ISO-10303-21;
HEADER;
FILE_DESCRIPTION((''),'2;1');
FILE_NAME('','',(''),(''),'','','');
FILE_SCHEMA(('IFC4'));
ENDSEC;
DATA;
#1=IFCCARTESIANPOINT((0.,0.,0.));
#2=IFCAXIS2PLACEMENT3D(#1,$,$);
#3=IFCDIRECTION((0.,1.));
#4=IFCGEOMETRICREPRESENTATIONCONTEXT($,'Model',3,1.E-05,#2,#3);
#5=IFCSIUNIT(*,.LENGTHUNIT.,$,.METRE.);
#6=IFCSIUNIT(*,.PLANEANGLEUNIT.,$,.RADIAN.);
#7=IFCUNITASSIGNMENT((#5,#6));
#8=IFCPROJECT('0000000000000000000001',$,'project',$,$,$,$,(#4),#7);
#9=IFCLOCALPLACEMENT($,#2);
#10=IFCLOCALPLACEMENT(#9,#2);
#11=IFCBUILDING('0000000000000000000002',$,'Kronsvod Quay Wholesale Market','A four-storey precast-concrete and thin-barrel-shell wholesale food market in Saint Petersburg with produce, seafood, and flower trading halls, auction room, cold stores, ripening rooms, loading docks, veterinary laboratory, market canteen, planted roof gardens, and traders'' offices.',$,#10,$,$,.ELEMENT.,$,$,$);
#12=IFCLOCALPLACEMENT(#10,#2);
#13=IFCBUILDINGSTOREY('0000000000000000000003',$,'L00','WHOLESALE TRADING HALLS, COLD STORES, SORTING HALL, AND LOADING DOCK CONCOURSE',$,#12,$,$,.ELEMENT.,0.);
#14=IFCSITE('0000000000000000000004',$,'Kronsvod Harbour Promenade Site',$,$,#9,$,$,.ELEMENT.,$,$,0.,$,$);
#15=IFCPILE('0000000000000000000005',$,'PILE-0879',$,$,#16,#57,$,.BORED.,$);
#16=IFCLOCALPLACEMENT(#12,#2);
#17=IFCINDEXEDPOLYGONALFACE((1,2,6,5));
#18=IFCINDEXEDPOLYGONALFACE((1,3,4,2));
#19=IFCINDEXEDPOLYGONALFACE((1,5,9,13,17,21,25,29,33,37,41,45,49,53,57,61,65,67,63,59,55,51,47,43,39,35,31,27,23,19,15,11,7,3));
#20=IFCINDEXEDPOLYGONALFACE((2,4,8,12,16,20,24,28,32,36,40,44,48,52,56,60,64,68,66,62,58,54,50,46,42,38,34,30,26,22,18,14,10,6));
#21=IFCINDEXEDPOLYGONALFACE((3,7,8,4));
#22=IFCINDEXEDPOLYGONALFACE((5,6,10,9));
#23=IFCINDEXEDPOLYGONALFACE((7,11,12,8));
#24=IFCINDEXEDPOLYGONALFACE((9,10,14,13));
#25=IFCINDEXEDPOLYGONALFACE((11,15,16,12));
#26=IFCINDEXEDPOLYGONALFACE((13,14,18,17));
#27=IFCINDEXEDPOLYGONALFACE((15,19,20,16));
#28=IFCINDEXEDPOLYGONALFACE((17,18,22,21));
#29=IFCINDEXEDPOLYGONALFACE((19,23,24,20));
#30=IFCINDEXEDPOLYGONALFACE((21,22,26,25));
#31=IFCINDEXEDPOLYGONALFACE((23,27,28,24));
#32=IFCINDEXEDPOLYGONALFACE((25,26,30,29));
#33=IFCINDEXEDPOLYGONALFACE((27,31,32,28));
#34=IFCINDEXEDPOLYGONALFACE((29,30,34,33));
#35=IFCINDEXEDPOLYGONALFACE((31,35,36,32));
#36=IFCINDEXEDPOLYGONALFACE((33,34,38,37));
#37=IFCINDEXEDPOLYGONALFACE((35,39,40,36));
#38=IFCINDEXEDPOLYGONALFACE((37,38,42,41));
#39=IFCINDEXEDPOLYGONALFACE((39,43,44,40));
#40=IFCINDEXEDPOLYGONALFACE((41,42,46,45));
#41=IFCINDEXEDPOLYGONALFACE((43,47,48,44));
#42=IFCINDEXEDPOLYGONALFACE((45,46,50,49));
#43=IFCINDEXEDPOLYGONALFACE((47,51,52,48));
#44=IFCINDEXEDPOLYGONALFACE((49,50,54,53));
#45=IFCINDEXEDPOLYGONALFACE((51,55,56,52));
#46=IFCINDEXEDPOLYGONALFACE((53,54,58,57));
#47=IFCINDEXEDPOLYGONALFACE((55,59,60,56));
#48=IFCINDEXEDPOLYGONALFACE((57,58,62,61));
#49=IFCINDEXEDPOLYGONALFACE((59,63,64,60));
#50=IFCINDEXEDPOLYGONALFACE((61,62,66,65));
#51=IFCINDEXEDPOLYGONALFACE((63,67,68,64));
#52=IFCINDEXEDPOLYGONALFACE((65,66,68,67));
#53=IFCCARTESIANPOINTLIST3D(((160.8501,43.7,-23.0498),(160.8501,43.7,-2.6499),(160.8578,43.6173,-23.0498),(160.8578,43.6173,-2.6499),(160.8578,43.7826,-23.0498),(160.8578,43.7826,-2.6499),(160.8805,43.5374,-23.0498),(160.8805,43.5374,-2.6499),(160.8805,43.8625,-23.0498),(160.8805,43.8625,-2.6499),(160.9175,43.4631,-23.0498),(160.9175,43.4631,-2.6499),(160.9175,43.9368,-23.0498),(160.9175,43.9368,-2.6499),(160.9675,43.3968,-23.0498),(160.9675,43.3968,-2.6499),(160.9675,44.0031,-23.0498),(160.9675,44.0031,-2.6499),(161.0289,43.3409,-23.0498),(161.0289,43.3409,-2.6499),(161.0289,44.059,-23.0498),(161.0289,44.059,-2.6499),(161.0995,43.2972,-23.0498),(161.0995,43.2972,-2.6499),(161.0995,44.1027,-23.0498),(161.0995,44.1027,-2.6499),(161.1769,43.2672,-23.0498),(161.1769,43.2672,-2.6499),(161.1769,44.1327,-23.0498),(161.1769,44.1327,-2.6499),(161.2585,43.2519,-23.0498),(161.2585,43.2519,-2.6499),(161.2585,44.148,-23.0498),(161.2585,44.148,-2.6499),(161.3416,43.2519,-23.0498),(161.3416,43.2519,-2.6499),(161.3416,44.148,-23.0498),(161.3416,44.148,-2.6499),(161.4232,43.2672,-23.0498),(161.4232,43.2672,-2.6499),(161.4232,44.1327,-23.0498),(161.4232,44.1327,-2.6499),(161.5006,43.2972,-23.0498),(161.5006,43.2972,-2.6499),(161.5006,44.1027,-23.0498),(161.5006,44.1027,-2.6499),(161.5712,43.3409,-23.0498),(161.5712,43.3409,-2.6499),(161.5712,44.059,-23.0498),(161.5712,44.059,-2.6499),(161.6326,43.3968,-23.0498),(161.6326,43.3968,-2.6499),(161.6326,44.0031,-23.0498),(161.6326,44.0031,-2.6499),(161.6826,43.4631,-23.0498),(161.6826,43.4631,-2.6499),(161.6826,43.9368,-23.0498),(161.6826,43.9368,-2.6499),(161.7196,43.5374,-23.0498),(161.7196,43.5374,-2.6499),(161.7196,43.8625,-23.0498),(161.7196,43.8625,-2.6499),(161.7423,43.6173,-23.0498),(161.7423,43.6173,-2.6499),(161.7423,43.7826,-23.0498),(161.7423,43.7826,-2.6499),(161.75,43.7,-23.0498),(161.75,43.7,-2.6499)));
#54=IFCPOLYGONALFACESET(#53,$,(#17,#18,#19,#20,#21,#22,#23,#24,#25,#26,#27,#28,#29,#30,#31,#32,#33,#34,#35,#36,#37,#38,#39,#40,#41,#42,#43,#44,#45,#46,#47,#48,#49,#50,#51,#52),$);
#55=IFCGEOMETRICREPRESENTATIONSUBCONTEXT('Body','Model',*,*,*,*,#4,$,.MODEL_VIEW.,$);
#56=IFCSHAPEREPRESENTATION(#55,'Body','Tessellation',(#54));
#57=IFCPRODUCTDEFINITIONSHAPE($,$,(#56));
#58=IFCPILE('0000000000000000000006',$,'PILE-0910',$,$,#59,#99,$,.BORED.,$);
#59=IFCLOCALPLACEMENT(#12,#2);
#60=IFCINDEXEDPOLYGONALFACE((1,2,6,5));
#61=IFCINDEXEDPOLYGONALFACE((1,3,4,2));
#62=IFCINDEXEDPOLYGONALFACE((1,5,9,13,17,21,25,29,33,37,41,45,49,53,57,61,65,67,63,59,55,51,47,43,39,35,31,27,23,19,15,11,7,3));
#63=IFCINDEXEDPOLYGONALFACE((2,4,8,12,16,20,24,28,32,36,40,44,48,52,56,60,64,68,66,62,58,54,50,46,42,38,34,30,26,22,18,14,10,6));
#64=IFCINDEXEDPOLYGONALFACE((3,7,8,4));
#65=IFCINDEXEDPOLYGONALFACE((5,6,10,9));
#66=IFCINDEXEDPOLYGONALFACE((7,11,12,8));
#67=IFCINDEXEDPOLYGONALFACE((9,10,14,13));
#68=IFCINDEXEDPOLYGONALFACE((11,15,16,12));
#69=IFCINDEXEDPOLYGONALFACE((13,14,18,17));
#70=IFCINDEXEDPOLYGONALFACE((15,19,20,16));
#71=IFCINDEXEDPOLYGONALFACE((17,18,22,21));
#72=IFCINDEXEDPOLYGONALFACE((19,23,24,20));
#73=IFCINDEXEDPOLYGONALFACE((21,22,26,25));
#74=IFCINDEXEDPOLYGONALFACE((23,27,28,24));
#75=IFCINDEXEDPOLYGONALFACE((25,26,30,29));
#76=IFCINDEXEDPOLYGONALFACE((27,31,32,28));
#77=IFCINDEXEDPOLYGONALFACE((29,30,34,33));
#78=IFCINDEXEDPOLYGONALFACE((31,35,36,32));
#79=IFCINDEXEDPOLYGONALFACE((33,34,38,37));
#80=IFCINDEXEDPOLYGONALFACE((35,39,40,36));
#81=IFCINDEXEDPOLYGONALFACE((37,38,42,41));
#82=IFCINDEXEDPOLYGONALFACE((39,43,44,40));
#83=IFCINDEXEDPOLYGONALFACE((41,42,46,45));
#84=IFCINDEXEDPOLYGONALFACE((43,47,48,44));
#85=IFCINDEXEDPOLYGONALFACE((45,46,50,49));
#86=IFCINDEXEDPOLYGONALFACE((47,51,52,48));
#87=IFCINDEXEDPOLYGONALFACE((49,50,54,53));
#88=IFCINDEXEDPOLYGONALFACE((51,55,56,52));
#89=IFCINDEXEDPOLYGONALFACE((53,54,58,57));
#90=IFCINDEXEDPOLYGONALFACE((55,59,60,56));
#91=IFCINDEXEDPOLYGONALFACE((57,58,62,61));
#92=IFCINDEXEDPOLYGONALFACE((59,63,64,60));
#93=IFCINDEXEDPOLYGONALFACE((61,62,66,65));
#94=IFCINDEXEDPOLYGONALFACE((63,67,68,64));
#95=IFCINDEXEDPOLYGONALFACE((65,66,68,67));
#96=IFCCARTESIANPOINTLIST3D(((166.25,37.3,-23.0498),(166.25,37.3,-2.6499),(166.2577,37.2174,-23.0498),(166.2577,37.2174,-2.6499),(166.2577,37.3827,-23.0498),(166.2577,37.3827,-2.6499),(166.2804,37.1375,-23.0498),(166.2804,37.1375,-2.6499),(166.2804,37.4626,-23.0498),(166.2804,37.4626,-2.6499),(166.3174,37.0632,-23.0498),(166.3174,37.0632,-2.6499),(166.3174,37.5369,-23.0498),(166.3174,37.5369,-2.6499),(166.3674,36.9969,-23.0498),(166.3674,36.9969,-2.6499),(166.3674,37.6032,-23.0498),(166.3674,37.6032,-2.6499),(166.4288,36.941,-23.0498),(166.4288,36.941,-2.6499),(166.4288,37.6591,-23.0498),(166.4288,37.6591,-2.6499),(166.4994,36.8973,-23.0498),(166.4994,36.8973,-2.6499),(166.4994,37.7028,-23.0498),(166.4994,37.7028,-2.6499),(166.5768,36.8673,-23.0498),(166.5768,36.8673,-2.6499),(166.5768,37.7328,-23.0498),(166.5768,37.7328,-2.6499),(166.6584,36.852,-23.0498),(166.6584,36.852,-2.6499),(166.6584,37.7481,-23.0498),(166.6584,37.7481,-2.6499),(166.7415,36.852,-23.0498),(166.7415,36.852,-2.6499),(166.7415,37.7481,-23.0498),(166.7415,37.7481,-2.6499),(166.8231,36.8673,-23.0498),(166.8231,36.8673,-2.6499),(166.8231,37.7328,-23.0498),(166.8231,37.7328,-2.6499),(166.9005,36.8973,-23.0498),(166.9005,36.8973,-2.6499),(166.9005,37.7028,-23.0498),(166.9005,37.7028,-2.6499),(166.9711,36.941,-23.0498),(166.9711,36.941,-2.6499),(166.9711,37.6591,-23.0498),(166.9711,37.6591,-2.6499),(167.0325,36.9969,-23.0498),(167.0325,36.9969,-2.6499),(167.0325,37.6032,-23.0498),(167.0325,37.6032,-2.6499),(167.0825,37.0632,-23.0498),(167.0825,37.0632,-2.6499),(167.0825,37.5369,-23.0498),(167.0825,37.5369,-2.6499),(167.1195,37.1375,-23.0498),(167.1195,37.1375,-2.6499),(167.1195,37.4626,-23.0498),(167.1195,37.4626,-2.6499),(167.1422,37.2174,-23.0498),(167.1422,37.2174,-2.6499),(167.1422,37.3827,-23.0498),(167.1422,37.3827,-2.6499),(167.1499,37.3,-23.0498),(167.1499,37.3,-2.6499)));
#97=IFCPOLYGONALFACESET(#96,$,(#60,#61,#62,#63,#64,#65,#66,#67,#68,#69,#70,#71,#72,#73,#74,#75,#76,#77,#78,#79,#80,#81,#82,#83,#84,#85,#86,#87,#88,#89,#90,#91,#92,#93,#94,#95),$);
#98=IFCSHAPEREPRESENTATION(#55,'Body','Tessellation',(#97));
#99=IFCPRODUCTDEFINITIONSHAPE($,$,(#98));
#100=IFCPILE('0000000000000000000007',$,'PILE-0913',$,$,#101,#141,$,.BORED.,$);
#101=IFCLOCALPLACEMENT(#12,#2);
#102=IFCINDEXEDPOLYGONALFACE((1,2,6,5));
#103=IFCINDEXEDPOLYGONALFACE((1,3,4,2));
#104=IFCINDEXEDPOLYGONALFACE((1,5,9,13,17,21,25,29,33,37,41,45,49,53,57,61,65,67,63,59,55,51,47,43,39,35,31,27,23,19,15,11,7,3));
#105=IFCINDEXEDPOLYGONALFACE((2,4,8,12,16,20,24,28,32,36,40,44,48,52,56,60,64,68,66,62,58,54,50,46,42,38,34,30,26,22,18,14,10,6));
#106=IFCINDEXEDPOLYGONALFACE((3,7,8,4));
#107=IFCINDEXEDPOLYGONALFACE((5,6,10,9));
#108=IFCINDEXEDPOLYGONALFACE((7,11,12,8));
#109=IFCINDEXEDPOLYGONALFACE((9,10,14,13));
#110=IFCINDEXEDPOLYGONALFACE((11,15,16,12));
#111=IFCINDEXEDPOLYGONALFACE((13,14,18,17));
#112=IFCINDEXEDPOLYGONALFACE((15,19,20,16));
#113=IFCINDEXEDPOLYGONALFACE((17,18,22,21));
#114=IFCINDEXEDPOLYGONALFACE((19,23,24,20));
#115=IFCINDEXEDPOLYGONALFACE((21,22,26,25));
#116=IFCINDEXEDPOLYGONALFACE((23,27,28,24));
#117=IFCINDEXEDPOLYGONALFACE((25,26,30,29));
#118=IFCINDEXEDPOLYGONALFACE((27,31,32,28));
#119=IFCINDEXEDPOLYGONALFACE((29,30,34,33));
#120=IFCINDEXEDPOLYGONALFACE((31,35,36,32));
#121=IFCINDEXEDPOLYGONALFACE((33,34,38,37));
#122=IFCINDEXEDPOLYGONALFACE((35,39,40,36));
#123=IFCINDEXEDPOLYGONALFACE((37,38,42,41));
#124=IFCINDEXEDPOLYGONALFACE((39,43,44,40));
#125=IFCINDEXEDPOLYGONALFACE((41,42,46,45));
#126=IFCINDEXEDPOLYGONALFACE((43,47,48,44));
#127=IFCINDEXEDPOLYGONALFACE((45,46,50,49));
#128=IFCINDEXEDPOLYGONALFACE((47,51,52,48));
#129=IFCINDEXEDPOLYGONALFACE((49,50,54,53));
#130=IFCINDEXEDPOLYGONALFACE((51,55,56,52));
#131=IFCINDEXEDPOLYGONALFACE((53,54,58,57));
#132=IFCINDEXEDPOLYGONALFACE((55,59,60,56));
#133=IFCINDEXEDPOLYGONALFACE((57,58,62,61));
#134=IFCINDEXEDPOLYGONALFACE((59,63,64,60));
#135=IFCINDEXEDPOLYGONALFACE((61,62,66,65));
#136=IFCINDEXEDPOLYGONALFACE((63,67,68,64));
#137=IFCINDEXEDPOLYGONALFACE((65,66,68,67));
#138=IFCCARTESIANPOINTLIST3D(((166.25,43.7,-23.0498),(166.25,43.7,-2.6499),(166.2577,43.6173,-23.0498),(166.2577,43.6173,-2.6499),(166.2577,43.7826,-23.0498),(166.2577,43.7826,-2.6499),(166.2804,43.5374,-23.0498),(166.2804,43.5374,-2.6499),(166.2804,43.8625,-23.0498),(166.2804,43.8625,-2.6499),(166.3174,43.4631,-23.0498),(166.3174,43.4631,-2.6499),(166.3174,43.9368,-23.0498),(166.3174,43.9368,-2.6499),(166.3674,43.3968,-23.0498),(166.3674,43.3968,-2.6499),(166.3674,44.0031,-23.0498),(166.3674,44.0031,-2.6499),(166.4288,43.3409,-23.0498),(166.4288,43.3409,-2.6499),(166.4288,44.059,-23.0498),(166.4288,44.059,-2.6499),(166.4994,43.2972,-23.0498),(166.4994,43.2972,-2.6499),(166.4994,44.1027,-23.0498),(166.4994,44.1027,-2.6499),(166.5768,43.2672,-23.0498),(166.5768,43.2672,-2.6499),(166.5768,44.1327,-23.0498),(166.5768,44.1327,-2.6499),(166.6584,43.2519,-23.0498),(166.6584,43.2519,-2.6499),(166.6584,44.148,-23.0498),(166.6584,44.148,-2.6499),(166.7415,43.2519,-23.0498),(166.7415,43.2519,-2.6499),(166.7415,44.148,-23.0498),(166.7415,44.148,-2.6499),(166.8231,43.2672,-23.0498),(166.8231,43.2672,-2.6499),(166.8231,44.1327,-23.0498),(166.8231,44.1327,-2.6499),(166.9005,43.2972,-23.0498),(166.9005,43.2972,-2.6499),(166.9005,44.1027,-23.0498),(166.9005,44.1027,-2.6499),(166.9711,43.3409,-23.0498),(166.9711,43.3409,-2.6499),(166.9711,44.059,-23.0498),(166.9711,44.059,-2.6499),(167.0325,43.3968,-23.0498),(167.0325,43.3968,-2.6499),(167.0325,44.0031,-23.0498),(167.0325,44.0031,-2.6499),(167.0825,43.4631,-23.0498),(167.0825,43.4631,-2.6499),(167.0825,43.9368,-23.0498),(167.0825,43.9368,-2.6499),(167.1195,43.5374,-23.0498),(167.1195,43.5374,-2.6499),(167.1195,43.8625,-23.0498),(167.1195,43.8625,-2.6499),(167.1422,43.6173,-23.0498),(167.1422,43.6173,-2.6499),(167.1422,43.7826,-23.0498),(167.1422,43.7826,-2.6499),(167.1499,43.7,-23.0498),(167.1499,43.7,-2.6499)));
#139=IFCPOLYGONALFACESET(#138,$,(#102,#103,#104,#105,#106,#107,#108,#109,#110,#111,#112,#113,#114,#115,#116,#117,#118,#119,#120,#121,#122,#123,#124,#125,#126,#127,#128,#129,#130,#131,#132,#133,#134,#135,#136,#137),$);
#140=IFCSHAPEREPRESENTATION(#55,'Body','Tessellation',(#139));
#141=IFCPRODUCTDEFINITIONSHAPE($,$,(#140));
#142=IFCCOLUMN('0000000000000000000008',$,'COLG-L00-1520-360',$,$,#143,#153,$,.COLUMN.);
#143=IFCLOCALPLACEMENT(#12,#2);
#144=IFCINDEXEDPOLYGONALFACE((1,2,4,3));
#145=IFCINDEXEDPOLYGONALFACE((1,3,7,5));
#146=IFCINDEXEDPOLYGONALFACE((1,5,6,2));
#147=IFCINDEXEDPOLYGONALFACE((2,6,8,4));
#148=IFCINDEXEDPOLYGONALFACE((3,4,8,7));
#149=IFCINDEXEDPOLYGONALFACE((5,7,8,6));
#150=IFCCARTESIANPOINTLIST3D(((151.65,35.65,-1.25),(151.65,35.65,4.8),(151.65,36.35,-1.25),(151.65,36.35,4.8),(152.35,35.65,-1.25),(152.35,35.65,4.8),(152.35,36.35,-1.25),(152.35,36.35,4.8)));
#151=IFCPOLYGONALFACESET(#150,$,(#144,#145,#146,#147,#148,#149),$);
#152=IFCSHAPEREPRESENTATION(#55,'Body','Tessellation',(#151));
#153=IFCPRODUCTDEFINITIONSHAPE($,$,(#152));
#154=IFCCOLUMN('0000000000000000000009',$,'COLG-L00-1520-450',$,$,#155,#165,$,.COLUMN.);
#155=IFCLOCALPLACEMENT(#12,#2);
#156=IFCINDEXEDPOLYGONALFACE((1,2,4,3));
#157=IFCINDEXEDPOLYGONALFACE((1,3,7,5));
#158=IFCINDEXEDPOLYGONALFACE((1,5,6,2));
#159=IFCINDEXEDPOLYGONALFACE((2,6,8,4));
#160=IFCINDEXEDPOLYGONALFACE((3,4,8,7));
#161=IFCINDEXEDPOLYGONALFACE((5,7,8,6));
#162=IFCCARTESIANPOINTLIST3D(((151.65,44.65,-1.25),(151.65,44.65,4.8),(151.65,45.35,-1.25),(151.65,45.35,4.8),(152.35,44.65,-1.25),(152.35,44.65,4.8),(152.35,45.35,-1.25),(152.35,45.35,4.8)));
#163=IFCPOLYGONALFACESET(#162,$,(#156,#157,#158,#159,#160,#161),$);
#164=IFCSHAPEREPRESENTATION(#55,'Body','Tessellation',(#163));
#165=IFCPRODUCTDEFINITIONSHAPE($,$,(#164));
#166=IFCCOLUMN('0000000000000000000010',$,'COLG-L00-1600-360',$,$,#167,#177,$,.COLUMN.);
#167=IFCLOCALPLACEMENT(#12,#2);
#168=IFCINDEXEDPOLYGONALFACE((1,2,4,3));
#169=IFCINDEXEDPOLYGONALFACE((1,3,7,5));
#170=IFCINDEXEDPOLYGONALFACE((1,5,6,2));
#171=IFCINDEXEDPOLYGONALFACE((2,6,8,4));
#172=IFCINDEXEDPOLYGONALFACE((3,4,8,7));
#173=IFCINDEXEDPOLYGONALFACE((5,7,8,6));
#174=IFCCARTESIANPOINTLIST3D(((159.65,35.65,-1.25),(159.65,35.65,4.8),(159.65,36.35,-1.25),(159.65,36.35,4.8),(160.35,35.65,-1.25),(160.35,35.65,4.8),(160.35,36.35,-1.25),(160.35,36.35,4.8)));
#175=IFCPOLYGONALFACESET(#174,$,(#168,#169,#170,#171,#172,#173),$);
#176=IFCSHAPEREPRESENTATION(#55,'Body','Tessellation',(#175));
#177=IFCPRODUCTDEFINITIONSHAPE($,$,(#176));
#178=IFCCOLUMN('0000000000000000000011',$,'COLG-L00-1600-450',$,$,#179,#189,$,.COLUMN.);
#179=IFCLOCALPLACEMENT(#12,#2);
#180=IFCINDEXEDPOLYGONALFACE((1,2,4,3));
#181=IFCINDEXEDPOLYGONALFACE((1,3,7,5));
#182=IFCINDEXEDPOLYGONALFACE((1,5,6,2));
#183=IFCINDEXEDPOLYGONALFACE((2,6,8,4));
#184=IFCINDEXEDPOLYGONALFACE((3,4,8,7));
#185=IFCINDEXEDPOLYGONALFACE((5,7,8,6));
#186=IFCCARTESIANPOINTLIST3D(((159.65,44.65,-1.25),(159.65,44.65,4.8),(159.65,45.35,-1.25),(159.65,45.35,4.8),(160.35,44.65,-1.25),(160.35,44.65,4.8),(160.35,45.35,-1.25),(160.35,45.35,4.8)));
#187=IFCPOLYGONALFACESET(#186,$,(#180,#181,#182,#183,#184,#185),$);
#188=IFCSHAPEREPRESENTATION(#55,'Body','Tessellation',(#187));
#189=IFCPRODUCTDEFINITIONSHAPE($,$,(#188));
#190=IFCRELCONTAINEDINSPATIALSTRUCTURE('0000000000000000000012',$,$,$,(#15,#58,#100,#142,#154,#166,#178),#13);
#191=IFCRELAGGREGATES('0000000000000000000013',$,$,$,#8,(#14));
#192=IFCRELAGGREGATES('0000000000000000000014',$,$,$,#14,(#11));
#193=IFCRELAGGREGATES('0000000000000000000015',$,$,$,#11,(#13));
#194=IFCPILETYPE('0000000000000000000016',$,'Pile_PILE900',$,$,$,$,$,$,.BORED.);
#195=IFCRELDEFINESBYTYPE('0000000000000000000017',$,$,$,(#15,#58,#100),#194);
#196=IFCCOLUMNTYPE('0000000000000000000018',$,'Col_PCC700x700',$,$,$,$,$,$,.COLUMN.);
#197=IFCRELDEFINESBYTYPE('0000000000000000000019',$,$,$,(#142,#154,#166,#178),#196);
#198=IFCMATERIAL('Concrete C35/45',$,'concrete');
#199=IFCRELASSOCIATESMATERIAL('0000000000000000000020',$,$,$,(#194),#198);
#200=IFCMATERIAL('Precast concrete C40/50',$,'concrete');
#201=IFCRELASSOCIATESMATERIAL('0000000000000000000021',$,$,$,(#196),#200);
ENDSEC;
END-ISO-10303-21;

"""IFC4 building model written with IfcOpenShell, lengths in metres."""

from ifc_helpers import new_model, si_unit, direction, frame, origin, origin_2d, place, context, subcontext, project, spatial, rectangle, circle, extrude, material, material_profile, profile_set, type_object, element, save


model = new_model("IFC4")

# Units and contexts
model_context = context("Model", 3, precision=1e-05, world=origin(), true_north=direction((0.0, 1.0)))
body_context = subcontext(model_context, "Body", "Model", "MODEL_VIEW")
ifc_project = project(units=[si_unit("LENGTHUNIT", "METRE"), si_unit("PLANEANGLEUNIT", "RADIAN")], contexts=[model_context])

# Site, building, storey
site_placement = place(None, origin())
site = spatial("IfcSite", under=ifc_project, at=site_placement, Name="Kronsvod Harbour Promenade Site", CompositionType="ELEMENT", RefElevation=0.0)
building_placement = place(site_placement, origin())
building = spatial("IfcBuilding", under=site, at=building_placement, Name="Kronsvod Quay Wholesale Market", Description="A four-storey precast-concrete and thin-barrel-shell wholesale food market in Saint Petersburg with produce, seafood, and flower trading halls, auction room, cold stores, ripening rooms, loading docks, veterinary laboratory, market canteen, planted roof gardens, and traders' offices.", CompositionType="ELEMENT")
storey_placement = place(building_placement, origin())
storey = spatial("IfcBuildingStorey", under=building, at=storey_placement, Name="L00", Description="WHOLESALE TRADING HALLS, COLD STORES, SORTING HALL, AND LOADING DOCK CONCOURSE", CompositionType="ELEMENT", Elevation=0.0)

# Piles
ifc_material_1 = material(Name="Concrete C35/45", Category="concrete")
ifc_material_profile_1 = material_profile(ifc_material_1, circle(Radius=0.45, at=origin_2d()), Name="PILE900")
ifc_profile_set_1 = profile_set([ifc_material_profile_1], Name="Concrete C35/45")
pile_type = type_object("IfcPileType", Name="Pile_PILE900", PredefinedType="BORED", material=ifc_profile_set_1)
for number, where, z_axis, x_axis, name in (
    (1, (161.3, 43.7, -2.6499), (0.0, 0.0, -1.0), (1.0, 0.0, 0.0), "PILE-0879"),
    (2, (166.7, 37.3, -2.6499), (0.0, 0.0, -1.0), (1.0, 0.0, 0.0), "PILE-0910"),
    (3, (166.7, 43.7, -2.6499), (0.0, 0.0, -1.0), (1.0, 0.0, 0.0), "PILE-0913"),
):
    element("IfcPile", number, at=place(storey_placement, frame(where, z_axis=z_axis, x_axis=x_axis)), inside=storey, type_object=pile_type, Name=name, PredefinedType="BORED", context=body_context, shape_type="SweptSolid", body=[
        extrude(circle(Radius=0.45, at=origin_2d()), origin(), (0.0, 0.0, 1.0), 20.3999),
    ])

# Columns
ifc_material_2 = material(Name="Precast concrete C40/50", Category="concrete")
ifc_material_profile_2 = material_profile(ifc_material_2, rectangle(XDim=0.7, YDim=0.7, at=origin_2d()), Name="PCC700x700")
ifc_profile_set_2 = profile_set([ifc_material_profile_2], Name="Precast concrete C40/50")
column_type = type_object("IfcColumnType", Name="Col_PCC700x700", PredefinedType="COLUMN", material=ifc_profile_set_2)
for number, where, z_axis, x_axis, name in (
    (4, (152.0, 36.0, -1.25), (0.0, 0.0, 1.0), (1.0, 0.0, 0.0), "COLG-L00-1520-360"),
    (5, (152.0, 45.0, -1.25), (0.0, 0.0, 1.0), (1.0, 0.0, 0.0), "COLG-L00-1520-450"),
    (6, (160.0, 36.0, -1.25), (0.0, 0.0, 1.0), (1.0, 0.0, 0.0), "COLG-L00-1600-360"),
    (7, (160.0, 45.0, -1.25), (0.0, 0.0, 1.0), (1.0, 0.0, 0.0), "COLG-L00-1600-450"),
):
    element("IfcColumn", number, at=place(storey_placement, frame(where, z_axis=z_axis, x_axis=x_axis)), inside=storey, type_object=column_type, Name=name, PredefinedType="COLUMN", context=body_context, shape_type="SweptSolid", body=[
        extrude(rectangle(XDim=0.7, YDim=0.7, at=origin_2d()), origin(), (0.0, 0.0, 1.0), 6.05),
    ])

save(model, "model.ifc")
